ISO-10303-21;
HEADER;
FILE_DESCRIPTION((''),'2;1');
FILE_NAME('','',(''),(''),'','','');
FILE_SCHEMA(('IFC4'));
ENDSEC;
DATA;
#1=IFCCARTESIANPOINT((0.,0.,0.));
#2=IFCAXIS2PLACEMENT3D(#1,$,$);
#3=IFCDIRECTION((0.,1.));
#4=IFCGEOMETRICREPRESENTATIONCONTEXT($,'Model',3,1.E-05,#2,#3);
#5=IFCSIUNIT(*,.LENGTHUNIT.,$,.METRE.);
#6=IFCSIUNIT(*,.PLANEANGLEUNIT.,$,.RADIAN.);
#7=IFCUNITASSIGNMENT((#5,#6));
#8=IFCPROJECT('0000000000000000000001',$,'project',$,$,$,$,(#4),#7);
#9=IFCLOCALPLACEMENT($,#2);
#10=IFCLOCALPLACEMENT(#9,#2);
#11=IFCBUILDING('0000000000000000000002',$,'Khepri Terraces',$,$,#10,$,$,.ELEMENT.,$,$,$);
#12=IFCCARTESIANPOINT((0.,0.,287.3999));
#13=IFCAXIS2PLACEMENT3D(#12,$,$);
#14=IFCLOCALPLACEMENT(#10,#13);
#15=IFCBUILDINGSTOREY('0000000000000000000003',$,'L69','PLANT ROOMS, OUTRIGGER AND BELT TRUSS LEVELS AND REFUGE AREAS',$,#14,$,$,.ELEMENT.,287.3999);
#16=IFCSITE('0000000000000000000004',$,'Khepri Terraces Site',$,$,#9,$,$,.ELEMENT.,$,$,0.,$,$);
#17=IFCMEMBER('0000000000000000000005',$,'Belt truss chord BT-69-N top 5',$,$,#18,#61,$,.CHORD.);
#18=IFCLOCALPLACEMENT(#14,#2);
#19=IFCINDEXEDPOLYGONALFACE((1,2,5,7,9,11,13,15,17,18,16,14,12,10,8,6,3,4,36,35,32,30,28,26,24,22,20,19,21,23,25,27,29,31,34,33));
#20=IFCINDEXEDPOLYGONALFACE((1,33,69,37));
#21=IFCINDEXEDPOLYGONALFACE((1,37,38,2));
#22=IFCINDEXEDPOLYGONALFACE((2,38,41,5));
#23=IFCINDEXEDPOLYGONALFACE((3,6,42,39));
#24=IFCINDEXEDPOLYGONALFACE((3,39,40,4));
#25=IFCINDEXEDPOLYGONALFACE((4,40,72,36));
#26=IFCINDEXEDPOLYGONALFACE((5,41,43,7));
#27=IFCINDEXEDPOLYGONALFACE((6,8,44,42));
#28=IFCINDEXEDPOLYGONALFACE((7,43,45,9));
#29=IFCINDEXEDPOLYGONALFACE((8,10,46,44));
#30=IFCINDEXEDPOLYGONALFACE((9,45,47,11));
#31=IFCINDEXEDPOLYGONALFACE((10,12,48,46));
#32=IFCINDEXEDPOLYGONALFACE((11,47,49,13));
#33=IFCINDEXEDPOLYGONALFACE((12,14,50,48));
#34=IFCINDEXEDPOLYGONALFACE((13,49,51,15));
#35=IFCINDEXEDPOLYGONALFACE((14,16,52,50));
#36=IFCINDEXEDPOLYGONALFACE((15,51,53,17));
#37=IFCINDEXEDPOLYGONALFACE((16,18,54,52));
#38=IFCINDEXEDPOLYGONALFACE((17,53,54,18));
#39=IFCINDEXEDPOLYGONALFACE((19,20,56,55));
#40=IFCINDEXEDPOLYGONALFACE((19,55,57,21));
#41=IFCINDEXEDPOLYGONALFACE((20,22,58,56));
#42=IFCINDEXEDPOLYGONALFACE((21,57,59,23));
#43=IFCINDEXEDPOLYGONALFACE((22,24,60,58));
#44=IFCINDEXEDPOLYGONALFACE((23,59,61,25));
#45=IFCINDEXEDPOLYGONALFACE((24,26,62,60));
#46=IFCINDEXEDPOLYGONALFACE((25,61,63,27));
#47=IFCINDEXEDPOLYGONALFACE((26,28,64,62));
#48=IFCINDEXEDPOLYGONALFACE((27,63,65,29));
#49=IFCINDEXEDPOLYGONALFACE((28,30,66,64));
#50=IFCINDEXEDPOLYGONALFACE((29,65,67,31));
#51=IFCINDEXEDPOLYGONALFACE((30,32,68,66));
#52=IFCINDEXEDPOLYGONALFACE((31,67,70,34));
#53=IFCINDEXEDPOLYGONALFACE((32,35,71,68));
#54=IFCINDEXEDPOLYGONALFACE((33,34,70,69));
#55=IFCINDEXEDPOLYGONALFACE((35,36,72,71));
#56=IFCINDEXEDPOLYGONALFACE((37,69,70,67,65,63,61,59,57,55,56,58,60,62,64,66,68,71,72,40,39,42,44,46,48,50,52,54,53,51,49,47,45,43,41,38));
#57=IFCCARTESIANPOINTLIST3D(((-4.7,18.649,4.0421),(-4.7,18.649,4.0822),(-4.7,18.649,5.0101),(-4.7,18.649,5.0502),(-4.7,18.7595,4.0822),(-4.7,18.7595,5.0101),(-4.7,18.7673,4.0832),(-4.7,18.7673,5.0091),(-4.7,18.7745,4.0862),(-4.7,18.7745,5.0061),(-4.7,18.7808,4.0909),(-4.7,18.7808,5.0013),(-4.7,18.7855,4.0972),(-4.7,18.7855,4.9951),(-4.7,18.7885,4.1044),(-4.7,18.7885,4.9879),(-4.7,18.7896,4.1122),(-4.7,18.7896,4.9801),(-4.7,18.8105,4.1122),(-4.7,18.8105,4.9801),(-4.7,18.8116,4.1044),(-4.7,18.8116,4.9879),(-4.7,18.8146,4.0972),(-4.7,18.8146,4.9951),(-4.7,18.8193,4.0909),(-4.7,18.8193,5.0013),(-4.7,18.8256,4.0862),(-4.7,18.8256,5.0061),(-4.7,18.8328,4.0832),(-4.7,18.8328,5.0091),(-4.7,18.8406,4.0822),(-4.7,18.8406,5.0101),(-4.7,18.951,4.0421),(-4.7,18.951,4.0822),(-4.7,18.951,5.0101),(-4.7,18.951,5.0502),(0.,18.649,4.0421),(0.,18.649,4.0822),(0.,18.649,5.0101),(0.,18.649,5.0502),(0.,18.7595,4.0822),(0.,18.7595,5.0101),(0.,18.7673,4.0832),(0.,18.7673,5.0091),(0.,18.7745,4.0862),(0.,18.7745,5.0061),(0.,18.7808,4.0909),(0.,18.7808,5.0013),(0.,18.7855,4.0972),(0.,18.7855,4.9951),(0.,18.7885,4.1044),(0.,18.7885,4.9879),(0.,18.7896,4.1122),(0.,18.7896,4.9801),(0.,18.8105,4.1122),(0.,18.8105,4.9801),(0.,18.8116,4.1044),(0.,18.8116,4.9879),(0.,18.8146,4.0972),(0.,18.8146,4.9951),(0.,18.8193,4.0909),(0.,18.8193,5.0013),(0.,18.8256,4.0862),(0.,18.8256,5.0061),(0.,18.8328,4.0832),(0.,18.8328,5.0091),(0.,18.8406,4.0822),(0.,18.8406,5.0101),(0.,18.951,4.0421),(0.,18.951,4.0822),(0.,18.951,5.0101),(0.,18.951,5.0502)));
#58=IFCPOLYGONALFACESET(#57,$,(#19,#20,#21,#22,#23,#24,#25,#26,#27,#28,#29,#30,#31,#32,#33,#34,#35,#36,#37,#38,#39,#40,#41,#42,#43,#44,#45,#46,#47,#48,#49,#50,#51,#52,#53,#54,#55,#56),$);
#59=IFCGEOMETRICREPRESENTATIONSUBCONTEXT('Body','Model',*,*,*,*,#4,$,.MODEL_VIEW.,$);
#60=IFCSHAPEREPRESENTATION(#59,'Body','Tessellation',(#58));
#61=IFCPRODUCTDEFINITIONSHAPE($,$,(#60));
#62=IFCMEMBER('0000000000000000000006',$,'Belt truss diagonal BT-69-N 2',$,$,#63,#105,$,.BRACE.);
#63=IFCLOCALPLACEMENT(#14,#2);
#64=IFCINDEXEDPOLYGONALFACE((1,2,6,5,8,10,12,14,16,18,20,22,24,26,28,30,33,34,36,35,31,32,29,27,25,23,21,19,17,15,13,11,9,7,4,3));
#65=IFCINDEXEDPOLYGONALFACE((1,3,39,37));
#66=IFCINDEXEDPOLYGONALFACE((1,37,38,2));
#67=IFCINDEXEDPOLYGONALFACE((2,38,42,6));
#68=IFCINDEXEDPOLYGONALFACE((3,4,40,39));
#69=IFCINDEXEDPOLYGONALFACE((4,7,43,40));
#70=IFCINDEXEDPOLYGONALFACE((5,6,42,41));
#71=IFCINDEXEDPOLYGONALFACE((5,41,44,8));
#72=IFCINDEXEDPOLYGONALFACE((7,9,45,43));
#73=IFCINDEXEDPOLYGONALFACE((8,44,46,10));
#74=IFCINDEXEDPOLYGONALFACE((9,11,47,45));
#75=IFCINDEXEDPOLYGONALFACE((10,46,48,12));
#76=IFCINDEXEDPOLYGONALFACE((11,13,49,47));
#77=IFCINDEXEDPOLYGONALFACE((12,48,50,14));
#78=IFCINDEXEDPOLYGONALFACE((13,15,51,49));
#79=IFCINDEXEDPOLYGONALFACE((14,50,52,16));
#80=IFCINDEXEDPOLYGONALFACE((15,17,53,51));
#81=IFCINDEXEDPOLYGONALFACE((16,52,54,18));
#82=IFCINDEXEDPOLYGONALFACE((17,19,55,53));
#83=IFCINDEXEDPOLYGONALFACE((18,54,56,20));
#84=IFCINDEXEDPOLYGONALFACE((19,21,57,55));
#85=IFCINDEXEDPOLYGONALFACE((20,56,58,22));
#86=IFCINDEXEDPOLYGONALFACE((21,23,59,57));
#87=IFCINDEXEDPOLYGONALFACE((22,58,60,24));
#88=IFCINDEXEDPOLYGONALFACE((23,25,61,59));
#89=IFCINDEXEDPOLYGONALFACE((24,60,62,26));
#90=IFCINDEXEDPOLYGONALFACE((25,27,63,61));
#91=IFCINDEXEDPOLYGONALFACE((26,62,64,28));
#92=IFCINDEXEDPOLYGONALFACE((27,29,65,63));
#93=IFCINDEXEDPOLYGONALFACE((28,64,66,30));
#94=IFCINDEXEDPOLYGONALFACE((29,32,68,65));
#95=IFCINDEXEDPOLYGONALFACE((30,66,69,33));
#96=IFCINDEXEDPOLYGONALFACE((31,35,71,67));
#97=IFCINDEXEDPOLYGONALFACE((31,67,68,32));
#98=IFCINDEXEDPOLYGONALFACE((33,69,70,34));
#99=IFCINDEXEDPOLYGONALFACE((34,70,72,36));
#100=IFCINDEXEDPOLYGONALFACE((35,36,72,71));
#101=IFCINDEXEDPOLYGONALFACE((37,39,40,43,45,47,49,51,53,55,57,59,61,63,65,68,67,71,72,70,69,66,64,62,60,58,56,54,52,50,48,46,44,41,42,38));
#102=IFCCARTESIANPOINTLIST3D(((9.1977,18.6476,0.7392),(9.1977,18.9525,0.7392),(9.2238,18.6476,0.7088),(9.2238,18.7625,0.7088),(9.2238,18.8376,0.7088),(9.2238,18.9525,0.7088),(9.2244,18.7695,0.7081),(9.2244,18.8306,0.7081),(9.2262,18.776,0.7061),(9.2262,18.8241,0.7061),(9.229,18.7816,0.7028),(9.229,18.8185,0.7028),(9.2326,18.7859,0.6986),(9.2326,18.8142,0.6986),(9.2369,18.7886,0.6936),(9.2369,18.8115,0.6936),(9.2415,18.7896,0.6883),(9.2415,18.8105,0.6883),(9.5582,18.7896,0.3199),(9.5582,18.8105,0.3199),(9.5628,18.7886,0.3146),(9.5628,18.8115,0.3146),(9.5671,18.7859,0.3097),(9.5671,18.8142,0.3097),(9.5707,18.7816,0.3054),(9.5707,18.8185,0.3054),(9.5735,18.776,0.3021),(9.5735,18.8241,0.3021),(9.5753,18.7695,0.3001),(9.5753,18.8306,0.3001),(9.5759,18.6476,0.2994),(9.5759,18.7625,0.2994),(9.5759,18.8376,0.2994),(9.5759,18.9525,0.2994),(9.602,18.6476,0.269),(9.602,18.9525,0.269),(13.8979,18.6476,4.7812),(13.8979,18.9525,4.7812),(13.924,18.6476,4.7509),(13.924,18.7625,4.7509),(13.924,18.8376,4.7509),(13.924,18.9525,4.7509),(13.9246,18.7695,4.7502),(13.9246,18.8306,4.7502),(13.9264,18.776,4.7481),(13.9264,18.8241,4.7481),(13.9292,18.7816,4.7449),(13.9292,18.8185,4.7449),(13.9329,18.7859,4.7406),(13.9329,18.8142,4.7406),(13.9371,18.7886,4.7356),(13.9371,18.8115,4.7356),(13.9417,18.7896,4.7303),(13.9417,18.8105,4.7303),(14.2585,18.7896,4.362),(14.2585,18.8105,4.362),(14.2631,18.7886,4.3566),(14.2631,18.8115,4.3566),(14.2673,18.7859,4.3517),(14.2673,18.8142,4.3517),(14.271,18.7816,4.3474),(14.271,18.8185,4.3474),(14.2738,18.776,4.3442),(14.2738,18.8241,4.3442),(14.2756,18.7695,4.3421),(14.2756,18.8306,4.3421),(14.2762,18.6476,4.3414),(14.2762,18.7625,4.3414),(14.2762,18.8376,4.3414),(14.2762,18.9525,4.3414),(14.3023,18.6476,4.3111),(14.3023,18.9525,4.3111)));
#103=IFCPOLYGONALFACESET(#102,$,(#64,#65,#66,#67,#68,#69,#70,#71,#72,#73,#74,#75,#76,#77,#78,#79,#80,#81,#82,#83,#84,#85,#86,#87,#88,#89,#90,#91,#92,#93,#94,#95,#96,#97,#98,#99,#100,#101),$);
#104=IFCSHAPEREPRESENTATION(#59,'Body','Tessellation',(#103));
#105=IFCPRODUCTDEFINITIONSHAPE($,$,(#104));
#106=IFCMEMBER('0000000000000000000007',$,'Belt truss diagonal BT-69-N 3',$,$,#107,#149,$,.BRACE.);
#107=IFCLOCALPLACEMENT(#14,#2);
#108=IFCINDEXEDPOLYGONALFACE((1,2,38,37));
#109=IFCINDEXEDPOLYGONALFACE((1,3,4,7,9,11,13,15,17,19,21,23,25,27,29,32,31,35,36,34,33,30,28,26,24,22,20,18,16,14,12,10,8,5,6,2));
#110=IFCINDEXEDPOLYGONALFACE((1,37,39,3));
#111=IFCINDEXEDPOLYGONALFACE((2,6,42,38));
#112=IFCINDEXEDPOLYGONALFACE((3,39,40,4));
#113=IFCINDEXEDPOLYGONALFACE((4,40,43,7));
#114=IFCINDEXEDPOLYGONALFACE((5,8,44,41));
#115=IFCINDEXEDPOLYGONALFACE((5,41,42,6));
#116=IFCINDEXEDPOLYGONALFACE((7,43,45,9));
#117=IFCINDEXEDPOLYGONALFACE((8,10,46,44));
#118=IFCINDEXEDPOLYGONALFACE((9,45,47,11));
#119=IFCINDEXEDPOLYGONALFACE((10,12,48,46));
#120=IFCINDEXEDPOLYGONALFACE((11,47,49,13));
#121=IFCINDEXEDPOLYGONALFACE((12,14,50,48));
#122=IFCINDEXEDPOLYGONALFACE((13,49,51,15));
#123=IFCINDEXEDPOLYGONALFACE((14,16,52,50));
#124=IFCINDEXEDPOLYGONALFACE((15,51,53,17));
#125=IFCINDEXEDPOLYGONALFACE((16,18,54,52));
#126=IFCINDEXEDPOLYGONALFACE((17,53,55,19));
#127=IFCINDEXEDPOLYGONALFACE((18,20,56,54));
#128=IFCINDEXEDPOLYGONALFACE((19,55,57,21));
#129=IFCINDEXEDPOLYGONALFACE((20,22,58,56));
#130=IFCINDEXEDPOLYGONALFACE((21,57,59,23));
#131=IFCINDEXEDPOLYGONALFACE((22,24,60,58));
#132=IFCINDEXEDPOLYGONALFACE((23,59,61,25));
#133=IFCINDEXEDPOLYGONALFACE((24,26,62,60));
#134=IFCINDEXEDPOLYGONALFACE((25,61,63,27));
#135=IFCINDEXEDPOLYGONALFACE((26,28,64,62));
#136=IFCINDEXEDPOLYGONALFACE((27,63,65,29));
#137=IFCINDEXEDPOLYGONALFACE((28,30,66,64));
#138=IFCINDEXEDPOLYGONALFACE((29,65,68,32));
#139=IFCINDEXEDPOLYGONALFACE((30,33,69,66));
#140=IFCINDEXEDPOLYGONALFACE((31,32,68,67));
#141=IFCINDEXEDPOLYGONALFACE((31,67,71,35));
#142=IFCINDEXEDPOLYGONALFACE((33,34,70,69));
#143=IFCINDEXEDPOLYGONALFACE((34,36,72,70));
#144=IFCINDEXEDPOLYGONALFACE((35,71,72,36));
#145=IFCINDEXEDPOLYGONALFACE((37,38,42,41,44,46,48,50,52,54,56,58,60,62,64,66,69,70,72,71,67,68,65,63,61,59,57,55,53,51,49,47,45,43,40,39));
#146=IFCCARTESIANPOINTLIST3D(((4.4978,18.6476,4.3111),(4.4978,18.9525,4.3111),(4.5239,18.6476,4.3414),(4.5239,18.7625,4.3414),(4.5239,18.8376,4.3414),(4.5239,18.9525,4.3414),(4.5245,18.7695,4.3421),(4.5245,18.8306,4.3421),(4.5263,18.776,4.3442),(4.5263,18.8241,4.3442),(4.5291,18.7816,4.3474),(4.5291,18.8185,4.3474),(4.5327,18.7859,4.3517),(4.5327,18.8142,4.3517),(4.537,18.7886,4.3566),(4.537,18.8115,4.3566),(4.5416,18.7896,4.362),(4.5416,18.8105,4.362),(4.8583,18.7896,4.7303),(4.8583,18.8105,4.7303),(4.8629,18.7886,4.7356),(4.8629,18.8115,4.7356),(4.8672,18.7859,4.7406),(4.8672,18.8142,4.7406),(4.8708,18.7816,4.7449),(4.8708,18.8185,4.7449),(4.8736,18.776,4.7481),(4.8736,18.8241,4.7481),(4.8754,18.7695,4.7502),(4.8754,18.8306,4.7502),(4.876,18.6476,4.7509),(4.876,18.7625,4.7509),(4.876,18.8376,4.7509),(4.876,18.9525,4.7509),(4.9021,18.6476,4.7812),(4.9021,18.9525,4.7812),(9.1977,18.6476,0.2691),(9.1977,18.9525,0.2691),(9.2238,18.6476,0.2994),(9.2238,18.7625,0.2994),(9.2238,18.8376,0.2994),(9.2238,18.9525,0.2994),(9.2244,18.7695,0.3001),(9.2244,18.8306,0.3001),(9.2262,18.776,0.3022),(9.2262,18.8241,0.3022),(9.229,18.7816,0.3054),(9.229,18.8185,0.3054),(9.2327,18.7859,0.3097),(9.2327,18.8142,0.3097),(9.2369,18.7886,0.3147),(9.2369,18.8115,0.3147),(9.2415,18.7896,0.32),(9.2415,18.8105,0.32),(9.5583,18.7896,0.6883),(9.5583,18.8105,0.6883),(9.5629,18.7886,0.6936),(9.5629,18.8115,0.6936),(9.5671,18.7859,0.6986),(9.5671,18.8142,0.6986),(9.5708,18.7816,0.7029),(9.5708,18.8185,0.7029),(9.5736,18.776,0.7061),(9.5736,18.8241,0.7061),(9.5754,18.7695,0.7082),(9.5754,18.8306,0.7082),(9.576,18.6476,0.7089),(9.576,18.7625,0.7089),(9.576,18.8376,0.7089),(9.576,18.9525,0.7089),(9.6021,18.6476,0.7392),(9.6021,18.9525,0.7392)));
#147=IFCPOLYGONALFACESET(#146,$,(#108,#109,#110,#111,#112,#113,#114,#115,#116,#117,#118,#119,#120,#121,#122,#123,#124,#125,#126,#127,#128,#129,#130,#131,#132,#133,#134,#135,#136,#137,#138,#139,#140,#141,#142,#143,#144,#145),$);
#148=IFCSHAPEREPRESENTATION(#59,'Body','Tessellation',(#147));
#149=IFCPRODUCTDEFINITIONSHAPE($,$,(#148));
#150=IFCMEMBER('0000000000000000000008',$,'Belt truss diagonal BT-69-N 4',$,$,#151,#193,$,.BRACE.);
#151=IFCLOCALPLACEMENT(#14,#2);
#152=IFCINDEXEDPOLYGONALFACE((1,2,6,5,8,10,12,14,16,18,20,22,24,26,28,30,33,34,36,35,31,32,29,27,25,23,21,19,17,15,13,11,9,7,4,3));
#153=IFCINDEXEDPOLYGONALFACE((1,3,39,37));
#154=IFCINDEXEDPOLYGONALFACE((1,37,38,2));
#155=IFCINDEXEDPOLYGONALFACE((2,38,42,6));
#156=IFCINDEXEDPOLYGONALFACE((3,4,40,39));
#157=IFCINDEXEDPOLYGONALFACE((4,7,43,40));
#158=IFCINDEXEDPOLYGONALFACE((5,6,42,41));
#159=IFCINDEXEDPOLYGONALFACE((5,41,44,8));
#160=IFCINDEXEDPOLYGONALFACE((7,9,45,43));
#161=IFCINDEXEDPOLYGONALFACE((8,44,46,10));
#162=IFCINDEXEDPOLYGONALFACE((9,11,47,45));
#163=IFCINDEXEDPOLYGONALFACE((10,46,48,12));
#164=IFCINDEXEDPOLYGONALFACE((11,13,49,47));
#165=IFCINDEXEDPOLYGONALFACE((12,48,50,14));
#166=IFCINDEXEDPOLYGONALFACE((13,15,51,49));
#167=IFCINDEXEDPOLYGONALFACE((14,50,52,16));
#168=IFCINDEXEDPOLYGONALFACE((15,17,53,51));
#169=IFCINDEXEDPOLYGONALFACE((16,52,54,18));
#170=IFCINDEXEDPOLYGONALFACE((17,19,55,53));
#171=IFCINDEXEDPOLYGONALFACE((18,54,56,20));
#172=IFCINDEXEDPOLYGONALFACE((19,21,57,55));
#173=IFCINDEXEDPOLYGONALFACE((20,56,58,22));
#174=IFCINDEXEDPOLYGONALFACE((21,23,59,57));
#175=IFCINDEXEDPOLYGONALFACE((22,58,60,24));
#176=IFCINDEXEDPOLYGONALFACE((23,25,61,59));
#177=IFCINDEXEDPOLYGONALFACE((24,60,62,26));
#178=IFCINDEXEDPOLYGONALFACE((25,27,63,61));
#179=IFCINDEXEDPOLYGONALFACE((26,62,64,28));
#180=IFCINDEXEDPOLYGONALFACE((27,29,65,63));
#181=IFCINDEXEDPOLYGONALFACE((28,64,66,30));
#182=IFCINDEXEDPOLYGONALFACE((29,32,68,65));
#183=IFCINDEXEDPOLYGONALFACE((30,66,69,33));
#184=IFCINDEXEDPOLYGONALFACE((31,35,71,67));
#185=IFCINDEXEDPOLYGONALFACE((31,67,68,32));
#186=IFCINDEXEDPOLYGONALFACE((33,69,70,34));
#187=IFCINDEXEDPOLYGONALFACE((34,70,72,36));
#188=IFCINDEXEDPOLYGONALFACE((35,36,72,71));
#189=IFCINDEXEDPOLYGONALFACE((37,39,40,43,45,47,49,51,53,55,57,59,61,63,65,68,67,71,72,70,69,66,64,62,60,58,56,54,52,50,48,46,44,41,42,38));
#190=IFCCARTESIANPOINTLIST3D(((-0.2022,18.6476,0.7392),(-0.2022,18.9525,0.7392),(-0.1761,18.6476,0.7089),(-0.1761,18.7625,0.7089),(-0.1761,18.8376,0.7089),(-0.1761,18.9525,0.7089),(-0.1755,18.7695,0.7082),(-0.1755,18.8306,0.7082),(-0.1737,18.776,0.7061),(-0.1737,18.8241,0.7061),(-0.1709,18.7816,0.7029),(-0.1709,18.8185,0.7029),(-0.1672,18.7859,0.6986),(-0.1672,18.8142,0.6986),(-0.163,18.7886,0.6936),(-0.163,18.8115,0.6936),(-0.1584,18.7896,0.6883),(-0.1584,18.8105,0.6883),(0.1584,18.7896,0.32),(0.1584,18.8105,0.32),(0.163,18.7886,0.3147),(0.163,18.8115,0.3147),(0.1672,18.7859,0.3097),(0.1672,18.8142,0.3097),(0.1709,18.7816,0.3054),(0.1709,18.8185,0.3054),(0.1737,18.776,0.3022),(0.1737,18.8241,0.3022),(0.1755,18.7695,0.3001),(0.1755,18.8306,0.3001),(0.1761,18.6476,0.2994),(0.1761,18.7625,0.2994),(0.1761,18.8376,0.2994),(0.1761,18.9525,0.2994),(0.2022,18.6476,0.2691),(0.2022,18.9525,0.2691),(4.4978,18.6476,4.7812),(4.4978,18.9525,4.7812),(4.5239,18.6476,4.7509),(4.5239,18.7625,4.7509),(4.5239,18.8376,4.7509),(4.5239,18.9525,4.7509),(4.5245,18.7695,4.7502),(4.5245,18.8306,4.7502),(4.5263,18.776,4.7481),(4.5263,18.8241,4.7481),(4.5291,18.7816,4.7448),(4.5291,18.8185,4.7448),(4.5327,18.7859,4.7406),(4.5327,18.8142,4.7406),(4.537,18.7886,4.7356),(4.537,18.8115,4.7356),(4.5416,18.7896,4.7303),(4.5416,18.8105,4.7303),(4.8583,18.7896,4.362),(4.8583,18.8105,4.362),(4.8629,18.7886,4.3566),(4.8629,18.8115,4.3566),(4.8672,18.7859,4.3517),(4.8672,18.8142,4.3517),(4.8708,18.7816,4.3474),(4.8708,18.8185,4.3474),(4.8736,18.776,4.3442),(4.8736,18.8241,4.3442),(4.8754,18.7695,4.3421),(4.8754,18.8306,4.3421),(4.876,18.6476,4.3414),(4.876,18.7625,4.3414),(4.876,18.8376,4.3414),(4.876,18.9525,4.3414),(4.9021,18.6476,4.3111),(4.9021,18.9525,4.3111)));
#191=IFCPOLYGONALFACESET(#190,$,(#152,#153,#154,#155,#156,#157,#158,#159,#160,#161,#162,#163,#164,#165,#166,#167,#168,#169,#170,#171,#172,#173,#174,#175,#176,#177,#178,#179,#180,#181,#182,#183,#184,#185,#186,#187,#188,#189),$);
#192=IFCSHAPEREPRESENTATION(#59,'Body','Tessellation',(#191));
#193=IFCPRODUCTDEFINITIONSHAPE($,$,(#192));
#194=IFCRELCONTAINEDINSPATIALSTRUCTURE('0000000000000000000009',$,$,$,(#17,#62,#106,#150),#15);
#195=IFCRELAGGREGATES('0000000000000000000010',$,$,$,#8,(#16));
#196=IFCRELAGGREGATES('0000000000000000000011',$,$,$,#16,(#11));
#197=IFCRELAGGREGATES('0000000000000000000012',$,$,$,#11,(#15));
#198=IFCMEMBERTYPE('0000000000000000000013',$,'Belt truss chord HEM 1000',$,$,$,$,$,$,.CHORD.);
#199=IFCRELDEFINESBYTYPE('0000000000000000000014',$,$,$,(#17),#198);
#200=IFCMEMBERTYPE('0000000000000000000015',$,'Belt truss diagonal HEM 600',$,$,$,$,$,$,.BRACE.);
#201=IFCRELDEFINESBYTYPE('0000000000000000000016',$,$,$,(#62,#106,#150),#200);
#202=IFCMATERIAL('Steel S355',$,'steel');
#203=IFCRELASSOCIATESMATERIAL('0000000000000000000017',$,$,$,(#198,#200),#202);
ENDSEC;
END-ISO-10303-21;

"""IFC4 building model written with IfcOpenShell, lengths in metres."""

from ifc_helpers import new_model, si_unit, direction, frame, origin, origin_2d, place, context, subcontext, project, spatial, i_section, extrude, material, material_profile, profile_set, type_object, element, save


model = new_model("IFC4")

# Units and contexts
model_context = context("Model", 3, precision=1e-05, world=origin(), true_north=direction((0.0, 1.0)))
body_context = subcontext(model_context, "Body", "Model", "MODEL_VIEW")
ifc_project = project(units=[si_unit("LENGTHUNIT", "METRE"), si_unit("PLANEANGLEUNIT", "RADIAN")], contexts=[model_context])

# Site, building, storey
site_placement = place(None, origin())
site = spatial("IfcSite", under=ifc_project, at=site_placement, Name="Khepri Terraces Site", CompositionType="ELEMENT", RefElevation=0.0)
building_placement = place(site_placement, origin())
building = spatial("IfcBuilding", under=site, at=building_placement, Name="Khepri Terraces", CompositionType="ELEMENT")
storey_placement = place(building_placement, frame((0.0, 0.0, 287.3999)))
storey = spatial("IfcBuildingStorey", under=building, at=storey_placement, Name="L69", Description="PLANT ROOMS, OUTRIGGER AND BELT TRUSS LEVELS AND REFUGE AREAS", CompositionType="ELEMENT", Elevation=287.3999)

# Members
ifc_material_1 = material(Name="Steel S355", Category="steel")
ifc_material_profile_1 = material_profile(ifc_material_1, i_section(OverallWidth=0.302, OverallDepth=1.0081, WebThickness=0.021, FlangeThickness=0.04, FilletRadius=0.03, at=origin_2d()), Name="Steel S355", Category="steel")
ifc_profile_set_1 = profile_set([ifc_material_profile_1], Name="Steel S355")
member_type_1 = type_object("IfcMemberType", Name="Belt truss chord HEM 1000", PredefinedType="CHORD", material=ifc_profile_set_1)
for number, where, z_axis, x_axis, name in (
    (1, (0.0, 18.8, 4.5461), (-1.0, 0.0, 0.0), (0.0, -1.0, 0.0), "Belt truss chord BT-69-N top 5"),
):
    element("IfcMember", number, at=place(storey_placement, frame(where, z_axis=z_axis, x_axis=x_axis)), inside=storey, type_object=member_type_1, Name=name, PredefinedType="CHORD", context=body_context, shape_type="SweptSolid", body=[
        extrude(i_section(OverallWidth=0.302, OverallDepth=1.0081, WebThickness=0.021, FlangeThickness=0.04, FilletRadius=0.03, at=origin_2d()), origin(), (0.0, 0.0, 1.0), 4.7),
    ])
ifc_material_profile_2 = material_profile(ifc_material_1, i_section(OverallWidth=0.3049, OverallDepth=0.6201, WebThickness=0.021, FlangeThickness=0.04, FilletRadius=0.0271, at=origin_2d()), Name="Steel S355", Category="steel")
ifc_profile_set_2 = profile_set([ifc_material_profile_2], Name="Steel S355")
member_type_2 = type_object("IfcMemberType", Name="Belt truss diagonal HEM 600", PredefinedType="BRACE", material=ifc_profile_set_2)
member_1_placement = place(storey_placement, frame((14.1001, 18.8, 4.5461), z_axis=(-0.758199, 0.0, -0.652023), x_axis=(0.0, -1.0, 0.0)))
element("IfcMember", 2, at=member_1_placement, inside=storey, type_object=member_type_2, Name="Belt truss diagonal BT-69-N 2", PredefinedType="BRACE", context=body_context, shape_type="SweptSolid", body=[
    extrude(i_section(OverallWidth=0.3049, OverallDepth=0.6201, WebThickness=0.021, FlangeThickness=0.04, FilletRadius=0.0271, at=origin_2d()), origin(), (0.0, 0.0, 1.0), 6.1992),
])
for number, where, z_axis, x_axis, name in (
    (3, (9.3999, 18.8, 0.5042), (-0.758182, 0.0, 0.652042), (0.0, -1.0, 0.0), "Belt truss diagonal BT-69-N 3"),
    (4, (4.7, 18.8, 4.5461), (-0.758182, 0.0, -0.652042), (0.0, -1.0, 0.0), "Belt truss diagonal BT-69-N 4"),
):
    element("IfcMember", number, at=place(storey_placement, frame(where, z_axis=z_axis, x_axis=x_axis)), inside=storey, type_object=member_type_2, Name=name, PredefinedType="BRACE", context=body_context, shape_type="SweptSolid", body=[
        extrude(i_section(OverallWidth=0.3049, OverallDepth=0.6201, WebThickness=0.021, FlangeThickness=0.04, FilletRadius=0.0271, at=origin_2d()), origin(), (0.0, 0.0, 1.0), 6.199),
    ])

save(model, "model.ifc")
